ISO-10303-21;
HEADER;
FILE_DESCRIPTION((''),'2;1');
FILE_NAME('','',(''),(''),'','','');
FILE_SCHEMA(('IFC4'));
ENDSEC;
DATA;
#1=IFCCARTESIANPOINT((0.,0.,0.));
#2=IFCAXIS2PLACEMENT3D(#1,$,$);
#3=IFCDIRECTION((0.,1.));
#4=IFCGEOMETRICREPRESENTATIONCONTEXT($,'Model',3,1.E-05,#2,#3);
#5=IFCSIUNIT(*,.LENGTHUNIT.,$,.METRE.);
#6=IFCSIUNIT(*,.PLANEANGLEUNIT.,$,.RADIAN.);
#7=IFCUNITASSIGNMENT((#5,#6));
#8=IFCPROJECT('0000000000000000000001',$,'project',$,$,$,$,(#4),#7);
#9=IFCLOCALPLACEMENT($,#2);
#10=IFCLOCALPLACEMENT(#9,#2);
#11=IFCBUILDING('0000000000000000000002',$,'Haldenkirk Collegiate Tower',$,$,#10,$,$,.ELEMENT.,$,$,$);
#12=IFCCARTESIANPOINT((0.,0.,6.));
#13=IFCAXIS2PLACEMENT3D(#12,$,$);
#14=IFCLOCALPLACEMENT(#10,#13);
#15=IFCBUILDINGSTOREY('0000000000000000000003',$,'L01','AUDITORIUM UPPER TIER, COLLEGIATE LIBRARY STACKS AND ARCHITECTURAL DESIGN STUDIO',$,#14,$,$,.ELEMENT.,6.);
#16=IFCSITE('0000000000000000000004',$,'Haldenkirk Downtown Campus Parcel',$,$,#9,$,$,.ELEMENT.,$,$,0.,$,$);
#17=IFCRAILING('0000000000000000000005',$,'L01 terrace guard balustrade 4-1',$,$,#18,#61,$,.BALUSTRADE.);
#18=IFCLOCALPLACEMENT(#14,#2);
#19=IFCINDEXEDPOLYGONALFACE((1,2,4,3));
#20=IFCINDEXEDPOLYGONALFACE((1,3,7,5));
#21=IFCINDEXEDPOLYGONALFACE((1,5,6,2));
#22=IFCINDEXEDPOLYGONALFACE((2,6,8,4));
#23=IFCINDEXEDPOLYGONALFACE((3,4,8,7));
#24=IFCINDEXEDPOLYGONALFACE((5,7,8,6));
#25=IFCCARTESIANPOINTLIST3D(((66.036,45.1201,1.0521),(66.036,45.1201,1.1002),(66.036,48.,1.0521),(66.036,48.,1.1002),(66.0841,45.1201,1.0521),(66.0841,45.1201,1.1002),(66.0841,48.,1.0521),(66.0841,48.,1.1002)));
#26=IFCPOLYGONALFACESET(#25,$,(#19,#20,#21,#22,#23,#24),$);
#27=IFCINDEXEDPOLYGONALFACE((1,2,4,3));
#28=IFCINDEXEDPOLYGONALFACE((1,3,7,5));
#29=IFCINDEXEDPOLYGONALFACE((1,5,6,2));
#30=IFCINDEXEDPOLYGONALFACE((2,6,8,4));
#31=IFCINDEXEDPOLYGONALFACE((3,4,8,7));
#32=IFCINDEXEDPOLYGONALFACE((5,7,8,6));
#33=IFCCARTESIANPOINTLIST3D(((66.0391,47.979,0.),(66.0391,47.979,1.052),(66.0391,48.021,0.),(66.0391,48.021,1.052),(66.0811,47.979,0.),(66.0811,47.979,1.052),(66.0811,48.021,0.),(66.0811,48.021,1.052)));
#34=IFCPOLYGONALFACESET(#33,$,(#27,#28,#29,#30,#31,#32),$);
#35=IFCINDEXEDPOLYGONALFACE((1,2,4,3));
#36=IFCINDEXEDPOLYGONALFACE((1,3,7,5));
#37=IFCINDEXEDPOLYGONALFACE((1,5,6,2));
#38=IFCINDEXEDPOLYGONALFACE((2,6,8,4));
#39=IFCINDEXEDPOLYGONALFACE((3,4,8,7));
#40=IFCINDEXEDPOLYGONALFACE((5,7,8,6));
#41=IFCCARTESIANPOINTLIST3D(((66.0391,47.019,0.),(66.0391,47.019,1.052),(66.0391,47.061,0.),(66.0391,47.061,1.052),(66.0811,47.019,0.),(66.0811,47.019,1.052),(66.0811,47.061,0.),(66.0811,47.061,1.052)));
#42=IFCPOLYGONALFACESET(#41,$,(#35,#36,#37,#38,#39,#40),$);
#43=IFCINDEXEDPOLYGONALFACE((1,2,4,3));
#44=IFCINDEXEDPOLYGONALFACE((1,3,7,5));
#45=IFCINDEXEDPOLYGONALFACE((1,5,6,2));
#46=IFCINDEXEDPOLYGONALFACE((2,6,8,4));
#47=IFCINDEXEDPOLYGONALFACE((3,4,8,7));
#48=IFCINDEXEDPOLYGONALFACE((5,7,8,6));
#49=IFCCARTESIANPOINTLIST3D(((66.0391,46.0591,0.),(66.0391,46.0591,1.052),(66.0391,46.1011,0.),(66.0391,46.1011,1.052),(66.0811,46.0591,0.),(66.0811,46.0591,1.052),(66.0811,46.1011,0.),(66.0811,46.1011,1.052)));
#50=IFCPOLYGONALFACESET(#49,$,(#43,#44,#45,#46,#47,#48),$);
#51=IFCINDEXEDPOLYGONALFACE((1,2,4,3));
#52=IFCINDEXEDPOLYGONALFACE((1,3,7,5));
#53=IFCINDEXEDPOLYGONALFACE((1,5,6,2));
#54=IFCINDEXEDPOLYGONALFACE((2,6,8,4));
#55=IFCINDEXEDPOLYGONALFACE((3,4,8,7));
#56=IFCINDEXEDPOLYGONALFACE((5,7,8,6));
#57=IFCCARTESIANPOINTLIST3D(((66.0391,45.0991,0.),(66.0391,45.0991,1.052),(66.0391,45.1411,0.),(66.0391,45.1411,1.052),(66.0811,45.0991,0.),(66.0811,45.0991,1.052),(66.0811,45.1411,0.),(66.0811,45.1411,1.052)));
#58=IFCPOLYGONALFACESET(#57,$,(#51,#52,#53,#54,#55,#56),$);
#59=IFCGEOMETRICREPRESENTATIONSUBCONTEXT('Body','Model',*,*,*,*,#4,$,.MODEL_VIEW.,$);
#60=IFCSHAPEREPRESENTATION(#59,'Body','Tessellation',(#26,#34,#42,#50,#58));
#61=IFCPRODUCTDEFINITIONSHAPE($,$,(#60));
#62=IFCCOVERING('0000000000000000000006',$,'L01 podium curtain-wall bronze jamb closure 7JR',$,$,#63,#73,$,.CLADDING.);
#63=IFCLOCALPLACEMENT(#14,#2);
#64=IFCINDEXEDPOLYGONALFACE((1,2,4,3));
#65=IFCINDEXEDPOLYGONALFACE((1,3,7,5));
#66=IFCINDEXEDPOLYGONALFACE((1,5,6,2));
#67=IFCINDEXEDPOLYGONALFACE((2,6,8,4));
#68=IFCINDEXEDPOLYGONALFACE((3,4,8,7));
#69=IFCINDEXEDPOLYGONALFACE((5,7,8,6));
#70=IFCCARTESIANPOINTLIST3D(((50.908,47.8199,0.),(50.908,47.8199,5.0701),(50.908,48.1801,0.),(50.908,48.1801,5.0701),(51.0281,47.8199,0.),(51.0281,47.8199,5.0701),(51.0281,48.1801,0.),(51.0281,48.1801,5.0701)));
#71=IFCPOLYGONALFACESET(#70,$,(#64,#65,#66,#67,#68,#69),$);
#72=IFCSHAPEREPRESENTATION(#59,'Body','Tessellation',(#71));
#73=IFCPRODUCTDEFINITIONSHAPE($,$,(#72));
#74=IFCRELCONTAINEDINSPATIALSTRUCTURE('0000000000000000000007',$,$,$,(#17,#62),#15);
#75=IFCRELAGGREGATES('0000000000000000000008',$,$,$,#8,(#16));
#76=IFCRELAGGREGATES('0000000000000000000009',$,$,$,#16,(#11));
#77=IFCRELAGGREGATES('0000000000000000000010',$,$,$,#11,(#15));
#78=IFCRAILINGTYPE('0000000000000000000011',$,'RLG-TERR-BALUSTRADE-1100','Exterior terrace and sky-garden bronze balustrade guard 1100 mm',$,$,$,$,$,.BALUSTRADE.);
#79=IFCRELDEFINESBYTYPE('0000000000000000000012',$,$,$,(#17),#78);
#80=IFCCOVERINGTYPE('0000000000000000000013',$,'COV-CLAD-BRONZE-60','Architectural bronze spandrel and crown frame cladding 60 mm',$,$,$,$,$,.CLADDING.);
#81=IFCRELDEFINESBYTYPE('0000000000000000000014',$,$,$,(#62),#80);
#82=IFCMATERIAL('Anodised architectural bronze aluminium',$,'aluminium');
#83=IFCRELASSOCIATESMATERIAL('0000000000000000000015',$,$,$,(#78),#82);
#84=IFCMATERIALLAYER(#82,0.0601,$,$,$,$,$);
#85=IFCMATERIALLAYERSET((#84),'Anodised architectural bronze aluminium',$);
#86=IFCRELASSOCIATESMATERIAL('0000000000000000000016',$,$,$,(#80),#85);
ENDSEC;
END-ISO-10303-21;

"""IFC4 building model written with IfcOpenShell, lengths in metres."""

from ifc_helpers import new_model, si_unit, direction, frame, origin, origin_2d, place, context, subcontext, project, spatial, rectangle, extrude, source, transform, mapped, material, layer, layer_set, type_object, element, save


model = new_model("IFC4")

# Units and contexts
model_context = context("Model", 3, precision=1e-05, world=origin(), true_north=direction((0.0, 1.0)))
body_context = subcontext(model_context, "Body", "Model", "MODEL_VIEW")
ifc_project = project(units=[si_unit("LENGTHUNIT", "METRE"), si_unit("PLANEANGLEUNIT", "RADIAN")], contexts=[model_context])

# Site, building, storey
site_placement = place(None, origin())
site = spatial("IfcSite", under=ifc_project, at=site_placement, Name="Haldenkirk Downtown Campus Parcel", CompositionType="ELEMENT", RefElevation=0.0)
building_placement = place(site_placement, origin())
building = spatial("IfcBuilding", under=site, at=building_placement, Name="Haldenkirk Collegiate Tower", CompositionType="ELEMENT")
storey_placement = place(building_placement, frame((0.0, 0.0, 6.0)))
storey = spatial("IfcBuildingStorey", under=building, at=storey_placement, Name="L01", Description="AUDITORIUM UPPER TIER, COLLEGIATE LIBRARY STACKS AND ARCHITECTURAL DESIGN STUDIO", CompositionType="ELEMENT", Elevation=6.0)

# Shared definitions
ifc_material_1 = material(Name="Anodised architectural bronze aluminium", Category="aluminium")

# Railing
railing_type_1 = type_object("IfcRailingType", Name="RLG-TERR-BALUSTRADE-1100", Description="Exterior terrace and sky-garden bronze balustrade guard 1100 mm", PredefinedType="BALUSTRADE", material=ifc_material_1)
railing_1_placement = place(storey_placement, frame((66.0601, 48.0, 0.0)))
element("IfcRailing", 1, at=railing_1_placement, inside=storey, type_object=railing_type_1, Name="L01 terrace guard balustrade 4-1", PredefinedType="BALUSTRADE", context=body_context, shape_type="SweptSolid", body=[
    extrude(rectangle(XDim=0.0481, YDim=0.0481, at=origin_2d()), frame((0.0, 0.0, 1.0762), z_axis=(0.0, -1.0, 0.0), x_axis=(1.0, 0.0, 0.0)), (0.0, 0.0, 1.0), 2.8799),
    extrude(rectangle(XDim=0.042, YDim=0.042, at=origin_2d()), origin(), (0.0, 0.0, 1.0), 1.052),
    extrude(rectangle(XDim=0.042, YDim=0.042, at=origin_2d()), frame((0.0, -0.96, 0.0)), (0.0, 0.0, 1.0), 1.052),
    extrude(rectangle(XDim=0.042, YDim=0.042, at=origin_2d()), frame((0.0, -1.9199, 0.0)), (0.0, 0.0, 1.0), 1.052),
    extrude(rectangle(XDim=0.042, YDim=0.042, at=origin_2d()), frame((0.0, -2.8799, 0.0)), (0.0, 0.0, 1.0), 1.052),
])

# Covering
ifc_layer_1 = layer(ifc_material_1, 0.0601)
ifc_layer_set_1 = layer_set([ifc_layer_1], Name="Anodised architectural bronze aluminium")
covering_type = type_object("IfcCoveringType", Name="COV-CLAD-BRONZE-60", Description="Architectural bronze spandrel and crown frame cladding 60 mm", PredefinedType="CLADDING", material=ifc_layer_set_1)
shared_shape_1 = source(origin(), body_context, "Body", "SweptSolid", [
    extrude(rectangle(XDim=0.1201, YDim=0.3601, at=origin_2d()), origin(), (0.0, 0.0, 1.0), 5.0701),
])
covering_placement = place(storey_placement, frame((50.968, 48.0, 0.0), z_axis=(0.0, 0.0, 1.0), x_axis=(1.0, 0.0, 0.0)))
element("IfcCovering", 2, at=covering_placement, inside=storey, type_object=covering_type, Name="L01 podium curtain-wall bronze jamb closure 7JR", PredefinedType="CLADDING", context=body_context, shape_type="MappedRepresentation", body=[
    mapped(shared_shape_1, transform((0.0, 0.0, 0.0), x_axis=(1.0, 0.0, 0.0), y_axis=(0.0, 1.0, 0.0), z_axis=(0.0, 0.0, 1.0), scale=1.0)),
])

save(model, "model.ifc")
